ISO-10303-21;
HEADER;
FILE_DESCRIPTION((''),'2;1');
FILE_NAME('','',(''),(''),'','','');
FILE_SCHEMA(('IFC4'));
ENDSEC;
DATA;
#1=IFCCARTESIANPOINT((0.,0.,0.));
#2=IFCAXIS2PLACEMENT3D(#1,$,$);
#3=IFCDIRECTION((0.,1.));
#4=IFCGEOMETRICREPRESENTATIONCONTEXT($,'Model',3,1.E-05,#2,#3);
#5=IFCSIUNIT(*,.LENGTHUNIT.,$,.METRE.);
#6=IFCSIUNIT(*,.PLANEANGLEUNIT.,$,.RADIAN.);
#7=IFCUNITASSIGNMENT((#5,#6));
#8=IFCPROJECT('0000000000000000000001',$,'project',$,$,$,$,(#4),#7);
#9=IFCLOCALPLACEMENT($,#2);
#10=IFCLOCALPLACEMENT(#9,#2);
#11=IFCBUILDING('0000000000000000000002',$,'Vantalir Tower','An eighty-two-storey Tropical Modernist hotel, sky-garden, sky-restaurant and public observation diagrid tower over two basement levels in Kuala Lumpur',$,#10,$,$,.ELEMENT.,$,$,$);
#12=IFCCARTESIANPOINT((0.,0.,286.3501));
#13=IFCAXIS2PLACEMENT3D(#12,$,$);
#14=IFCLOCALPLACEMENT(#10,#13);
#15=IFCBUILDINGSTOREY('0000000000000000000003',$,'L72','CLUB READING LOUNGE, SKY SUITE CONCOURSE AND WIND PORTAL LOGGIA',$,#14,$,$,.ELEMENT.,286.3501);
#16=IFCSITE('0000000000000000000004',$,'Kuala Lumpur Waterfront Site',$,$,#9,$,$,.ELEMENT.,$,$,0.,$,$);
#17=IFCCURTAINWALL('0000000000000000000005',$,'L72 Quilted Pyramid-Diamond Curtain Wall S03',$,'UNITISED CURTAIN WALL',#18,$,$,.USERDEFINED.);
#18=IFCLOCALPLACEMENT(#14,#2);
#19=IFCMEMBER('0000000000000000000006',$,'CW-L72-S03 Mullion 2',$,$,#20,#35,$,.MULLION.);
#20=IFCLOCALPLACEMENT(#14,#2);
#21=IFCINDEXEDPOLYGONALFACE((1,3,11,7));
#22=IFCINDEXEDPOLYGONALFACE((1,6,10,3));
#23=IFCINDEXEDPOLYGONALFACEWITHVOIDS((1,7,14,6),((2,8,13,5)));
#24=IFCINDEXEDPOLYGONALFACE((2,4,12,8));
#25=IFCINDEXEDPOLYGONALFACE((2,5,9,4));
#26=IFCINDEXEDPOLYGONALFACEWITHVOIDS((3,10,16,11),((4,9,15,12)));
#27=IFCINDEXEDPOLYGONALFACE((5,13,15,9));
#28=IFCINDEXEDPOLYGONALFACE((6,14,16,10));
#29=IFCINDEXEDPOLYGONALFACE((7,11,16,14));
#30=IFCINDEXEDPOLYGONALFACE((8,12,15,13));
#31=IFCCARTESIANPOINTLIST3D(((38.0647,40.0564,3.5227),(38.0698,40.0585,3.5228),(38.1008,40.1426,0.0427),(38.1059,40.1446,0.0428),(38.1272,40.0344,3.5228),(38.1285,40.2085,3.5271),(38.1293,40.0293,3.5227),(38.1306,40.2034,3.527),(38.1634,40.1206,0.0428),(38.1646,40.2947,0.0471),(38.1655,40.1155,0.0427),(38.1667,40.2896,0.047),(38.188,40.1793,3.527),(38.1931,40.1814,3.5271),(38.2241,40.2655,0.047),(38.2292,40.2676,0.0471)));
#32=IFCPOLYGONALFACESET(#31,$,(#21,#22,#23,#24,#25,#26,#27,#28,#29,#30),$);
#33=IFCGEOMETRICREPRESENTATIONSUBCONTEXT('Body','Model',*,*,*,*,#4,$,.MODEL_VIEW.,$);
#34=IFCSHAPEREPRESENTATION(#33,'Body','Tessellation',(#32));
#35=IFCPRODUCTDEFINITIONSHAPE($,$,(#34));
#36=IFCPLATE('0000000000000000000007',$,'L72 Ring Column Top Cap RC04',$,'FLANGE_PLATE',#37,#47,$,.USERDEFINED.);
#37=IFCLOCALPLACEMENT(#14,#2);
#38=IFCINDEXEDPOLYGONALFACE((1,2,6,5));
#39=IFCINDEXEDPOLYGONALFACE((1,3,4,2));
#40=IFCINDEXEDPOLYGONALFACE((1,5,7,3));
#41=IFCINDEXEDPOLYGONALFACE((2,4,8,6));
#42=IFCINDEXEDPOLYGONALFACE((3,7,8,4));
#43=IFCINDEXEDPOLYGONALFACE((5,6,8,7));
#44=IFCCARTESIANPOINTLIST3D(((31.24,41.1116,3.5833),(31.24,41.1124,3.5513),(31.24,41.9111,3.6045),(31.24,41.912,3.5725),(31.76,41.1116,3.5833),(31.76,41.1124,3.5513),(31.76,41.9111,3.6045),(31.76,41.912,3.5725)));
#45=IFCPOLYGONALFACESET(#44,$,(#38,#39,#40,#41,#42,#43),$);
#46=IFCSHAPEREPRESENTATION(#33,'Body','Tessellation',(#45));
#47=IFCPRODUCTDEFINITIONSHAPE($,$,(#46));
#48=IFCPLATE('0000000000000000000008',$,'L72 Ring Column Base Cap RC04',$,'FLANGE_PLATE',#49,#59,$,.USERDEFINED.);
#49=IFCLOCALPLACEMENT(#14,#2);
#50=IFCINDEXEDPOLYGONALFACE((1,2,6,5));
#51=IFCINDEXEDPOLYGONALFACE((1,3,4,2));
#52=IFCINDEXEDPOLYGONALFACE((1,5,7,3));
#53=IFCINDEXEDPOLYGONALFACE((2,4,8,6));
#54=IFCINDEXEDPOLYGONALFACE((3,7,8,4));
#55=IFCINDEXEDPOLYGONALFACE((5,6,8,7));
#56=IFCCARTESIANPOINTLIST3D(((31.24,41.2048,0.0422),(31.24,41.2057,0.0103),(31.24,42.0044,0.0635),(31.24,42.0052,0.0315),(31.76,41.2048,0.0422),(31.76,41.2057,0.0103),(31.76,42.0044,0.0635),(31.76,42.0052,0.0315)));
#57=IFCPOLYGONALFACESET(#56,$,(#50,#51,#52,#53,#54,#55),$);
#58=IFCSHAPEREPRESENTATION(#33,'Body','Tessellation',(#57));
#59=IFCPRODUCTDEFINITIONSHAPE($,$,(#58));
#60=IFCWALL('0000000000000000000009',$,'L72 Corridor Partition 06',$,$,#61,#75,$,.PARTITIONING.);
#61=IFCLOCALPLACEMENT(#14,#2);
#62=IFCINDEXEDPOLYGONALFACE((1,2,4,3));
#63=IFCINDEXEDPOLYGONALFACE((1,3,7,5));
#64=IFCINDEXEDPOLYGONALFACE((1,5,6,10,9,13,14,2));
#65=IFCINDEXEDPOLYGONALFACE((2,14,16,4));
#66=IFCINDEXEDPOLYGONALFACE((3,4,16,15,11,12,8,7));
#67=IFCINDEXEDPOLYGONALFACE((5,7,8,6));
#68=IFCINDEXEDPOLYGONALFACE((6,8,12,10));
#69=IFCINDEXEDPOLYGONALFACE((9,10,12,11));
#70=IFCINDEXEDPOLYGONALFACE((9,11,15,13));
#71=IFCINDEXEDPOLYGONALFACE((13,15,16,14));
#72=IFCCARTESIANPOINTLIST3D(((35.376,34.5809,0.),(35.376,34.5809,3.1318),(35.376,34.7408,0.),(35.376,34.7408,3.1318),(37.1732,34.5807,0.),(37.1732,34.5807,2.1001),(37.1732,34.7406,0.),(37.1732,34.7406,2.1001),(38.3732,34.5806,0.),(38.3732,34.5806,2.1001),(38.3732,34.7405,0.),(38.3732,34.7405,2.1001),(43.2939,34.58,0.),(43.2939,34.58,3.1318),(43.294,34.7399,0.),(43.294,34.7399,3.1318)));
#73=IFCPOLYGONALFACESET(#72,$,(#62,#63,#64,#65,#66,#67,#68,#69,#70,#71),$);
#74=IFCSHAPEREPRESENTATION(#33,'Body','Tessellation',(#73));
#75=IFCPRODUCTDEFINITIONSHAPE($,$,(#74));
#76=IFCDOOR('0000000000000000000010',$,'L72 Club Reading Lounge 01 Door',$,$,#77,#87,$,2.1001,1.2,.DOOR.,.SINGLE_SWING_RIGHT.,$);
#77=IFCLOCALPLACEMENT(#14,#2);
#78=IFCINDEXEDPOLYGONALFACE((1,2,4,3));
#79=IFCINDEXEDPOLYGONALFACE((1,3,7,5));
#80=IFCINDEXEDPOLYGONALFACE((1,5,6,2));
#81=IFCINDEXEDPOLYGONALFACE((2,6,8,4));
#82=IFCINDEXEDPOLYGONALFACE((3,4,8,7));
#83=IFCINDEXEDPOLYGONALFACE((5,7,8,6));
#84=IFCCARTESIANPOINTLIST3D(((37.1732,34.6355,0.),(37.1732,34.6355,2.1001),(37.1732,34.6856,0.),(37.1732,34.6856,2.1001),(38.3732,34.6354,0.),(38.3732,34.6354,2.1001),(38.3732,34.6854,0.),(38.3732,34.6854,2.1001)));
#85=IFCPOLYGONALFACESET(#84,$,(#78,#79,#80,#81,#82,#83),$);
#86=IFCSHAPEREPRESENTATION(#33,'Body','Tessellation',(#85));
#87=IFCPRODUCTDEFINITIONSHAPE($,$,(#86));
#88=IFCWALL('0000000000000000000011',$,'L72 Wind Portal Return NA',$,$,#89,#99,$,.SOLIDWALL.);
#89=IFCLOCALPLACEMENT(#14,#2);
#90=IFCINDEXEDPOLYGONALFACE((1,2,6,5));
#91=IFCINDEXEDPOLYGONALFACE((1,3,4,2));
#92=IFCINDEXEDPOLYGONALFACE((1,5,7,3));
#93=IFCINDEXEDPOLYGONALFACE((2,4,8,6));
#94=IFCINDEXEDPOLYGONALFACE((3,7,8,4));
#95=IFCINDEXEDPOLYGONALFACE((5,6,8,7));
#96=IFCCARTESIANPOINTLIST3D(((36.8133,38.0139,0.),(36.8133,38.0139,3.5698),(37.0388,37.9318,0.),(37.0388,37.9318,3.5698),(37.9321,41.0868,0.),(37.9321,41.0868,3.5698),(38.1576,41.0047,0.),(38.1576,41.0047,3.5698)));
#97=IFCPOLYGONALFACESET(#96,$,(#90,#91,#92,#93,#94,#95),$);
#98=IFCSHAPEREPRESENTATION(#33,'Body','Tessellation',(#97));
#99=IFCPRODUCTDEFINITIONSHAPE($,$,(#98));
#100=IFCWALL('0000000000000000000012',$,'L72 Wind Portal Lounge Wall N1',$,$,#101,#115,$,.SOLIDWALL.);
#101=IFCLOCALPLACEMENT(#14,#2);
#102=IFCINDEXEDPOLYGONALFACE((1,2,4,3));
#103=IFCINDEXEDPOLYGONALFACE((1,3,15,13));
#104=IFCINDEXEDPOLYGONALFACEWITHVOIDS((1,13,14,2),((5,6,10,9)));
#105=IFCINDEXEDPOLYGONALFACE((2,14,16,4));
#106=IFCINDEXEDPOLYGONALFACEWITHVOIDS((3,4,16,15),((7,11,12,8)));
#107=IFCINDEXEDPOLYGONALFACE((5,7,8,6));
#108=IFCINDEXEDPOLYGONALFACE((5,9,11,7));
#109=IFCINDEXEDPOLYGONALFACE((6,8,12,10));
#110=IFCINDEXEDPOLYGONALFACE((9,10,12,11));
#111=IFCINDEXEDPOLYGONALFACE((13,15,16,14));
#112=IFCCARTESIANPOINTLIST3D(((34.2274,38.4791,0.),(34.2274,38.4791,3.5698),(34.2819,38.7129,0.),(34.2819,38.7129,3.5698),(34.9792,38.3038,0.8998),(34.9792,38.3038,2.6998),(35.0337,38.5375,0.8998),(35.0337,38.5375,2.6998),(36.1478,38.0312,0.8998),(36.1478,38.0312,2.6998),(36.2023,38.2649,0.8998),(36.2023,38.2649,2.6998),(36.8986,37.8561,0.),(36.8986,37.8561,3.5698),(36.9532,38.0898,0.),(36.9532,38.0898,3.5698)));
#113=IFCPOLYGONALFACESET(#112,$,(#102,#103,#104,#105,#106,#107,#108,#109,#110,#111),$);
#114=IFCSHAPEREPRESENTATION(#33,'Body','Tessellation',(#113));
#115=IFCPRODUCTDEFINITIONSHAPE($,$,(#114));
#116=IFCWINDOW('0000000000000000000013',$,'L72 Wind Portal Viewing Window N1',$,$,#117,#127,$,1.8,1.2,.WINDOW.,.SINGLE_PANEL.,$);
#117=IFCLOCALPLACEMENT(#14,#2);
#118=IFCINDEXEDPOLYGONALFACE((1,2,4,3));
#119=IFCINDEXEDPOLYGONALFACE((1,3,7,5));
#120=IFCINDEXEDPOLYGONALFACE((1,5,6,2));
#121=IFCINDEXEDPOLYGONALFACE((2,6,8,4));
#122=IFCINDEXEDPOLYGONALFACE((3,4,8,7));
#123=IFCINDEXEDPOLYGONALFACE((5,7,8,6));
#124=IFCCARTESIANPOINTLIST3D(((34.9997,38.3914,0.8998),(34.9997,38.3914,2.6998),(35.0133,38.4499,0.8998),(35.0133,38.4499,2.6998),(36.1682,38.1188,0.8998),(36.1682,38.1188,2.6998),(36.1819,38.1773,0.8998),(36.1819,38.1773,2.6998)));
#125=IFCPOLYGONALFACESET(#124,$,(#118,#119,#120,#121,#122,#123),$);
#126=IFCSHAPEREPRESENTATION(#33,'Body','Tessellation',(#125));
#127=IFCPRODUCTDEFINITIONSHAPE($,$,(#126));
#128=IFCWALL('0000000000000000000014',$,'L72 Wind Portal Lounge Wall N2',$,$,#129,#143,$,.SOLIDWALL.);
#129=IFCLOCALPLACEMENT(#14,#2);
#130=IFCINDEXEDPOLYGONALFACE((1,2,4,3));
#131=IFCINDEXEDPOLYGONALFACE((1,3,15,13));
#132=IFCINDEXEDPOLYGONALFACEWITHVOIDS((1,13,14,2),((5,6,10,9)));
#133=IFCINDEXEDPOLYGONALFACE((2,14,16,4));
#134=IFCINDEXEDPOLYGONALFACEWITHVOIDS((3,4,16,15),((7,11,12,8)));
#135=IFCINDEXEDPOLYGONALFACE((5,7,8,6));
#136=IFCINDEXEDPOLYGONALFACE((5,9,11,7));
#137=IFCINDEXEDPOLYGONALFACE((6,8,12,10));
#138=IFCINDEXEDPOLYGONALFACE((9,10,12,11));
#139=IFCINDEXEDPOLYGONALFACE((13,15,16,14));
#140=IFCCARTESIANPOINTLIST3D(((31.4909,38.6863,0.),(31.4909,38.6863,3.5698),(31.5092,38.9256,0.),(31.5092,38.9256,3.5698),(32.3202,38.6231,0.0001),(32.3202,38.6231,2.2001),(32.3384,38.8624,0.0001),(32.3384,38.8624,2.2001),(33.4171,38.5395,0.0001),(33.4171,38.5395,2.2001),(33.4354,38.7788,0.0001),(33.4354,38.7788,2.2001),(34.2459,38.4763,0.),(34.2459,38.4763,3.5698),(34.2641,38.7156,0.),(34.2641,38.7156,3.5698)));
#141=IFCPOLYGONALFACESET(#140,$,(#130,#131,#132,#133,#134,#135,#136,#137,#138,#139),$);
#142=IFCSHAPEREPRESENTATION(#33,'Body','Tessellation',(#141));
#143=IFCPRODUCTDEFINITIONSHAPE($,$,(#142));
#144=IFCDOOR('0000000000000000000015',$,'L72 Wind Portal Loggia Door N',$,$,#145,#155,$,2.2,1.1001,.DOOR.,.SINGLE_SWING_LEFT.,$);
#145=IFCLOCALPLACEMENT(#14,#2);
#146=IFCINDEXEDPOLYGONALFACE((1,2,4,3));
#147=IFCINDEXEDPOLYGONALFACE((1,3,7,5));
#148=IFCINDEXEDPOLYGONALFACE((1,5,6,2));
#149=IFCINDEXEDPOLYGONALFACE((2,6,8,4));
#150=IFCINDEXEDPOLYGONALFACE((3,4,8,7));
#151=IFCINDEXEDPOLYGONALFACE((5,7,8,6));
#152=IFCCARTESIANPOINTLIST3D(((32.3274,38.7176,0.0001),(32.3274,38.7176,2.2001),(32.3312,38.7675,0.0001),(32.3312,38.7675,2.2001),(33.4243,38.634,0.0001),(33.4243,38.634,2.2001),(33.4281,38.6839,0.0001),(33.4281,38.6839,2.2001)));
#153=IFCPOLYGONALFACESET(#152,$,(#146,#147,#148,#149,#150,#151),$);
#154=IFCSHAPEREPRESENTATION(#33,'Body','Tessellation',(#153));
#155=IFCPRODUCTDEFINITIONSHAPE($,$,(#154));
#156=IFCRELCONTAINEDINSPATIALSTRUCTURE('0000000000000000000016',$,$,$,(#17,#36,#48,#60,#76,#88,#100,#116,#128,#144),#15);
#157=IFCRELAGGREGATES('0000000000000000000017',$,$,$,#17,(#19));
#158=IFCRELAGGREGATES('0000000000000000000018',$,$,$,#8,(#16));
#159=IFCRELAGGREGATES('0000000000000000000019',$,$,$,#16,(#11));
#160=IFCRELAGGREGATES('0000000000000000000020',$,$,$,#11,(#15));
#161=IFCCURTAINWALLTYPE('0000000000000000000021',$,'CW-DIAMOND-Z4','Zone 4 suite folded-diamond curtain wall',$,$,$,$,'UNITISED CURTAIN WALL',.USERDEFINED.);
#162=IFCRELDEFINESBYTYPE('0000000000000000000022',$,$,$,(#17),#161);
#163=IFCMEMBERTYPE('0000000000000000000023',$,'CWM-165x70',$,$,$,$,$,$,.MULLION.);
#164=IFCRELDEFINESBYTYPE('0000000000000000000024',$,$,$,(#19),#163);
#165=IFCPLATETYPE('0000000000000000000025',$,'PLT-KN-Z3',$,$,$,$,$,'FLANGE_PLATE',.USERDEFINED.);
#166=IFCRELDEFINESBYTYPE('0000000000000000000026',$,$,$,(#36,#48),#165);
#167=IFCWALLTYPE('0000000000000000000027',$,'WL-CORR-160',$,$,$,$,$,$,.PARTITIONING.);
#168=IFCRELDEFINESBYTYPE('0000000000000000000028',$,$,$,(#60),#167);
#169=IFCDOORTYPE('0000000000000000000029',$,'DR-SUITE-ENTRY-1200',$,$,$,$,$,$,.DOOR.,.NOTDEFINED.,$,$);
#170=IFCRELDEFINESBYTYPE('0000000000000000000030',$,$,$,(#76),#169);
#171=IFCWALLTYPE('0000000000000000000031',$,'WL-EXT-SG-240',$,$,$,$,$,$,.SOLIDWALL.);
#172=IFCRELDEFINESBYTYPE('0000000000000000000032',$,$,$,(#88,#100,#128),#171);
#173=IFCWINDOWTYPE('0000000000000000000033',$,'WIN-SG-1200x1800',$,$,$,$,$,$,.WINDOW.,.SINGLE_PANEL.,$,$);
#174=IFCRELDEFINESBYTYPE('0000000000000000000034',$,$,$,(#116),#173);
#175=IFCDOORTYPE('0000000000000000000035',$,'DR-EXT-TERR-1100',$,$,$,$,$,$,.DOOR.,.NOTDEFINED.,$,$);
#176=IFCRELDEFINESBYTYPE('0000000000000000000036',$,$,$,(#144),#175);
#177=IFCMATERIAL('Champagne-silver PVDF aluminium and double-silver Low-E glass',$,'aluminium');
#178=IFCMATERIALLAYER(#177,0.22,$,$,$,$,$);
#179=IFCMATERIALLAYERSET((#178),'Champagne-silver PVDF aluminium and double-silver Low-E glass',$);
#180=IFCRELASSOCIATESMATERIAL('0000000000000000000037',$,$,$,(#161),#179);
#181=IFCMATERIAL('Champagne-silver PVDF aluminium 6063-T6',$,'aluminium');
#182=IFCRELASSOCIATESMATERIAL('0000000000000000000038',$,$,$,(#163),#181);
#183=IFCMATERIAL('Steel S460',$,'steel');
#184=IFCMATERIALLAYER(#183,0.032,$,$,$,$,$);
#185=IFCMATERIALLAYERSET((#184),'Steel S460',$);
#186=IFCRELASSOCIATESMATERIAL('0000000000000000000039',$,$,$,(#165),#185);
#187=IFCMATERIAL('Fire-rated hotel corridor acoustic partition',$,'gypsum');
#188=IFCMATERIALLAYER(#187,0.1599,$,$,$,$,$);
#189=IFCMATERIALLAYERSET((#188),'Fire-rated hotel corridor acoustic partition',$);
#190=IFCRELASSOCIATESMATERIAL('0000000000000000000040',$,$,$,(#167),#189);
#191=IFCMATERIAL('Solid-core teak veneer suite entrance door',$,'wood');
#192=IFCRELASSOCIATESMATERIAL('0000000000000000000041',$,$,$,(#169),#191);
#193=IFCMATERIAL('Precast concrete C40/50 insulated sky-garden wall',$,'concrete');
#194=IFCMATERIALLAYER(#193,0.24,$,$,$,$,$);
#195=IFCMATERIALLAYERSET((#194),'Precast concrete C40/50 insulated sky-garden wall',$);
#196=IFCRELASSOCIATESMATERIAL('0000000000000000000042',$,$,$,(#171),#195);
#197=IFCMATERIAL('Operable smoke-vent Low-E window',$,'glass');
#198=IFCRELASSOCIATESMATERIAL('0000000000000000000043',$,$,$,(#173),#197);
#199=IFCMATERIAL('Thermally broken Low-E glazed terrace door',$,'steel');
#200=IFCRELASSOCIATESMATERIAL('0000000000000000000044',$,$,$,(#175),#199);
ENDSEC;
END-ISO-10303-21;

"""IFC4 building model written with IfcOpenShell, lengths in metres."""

from ifc_helpers import new_model, si_unit, direction, frame, frame_2d, origin, origin_2d, place, context, subcontext, project, spatial, polyline, rectangle, hollow_rectangle, outline, extrude, material, layer, layer_set, material_profile, profile_set, type_object, element, fill, aggregate, save


model = new_model("IFC4")

# Units and contexts
model_context = context("Model", 3, precision=1e-05, world=origin(), true_north=direction((0.0, 1.0)))
body_context = subcontext(model_context, "Body", "Model", "MODEL_VIEW")
ifc_project = project(units=[si_unit("LENGTHUNIT", "METRE"), si_unit("PLANEANGLEUNIT", "RADIAN")], contexts=[model_context])

# Site, building, storey
site_placement = place(None, origin())
site = spatial("IfcSite", under=ifc_project, at=site_placement, Name="Kuala Lumpur Waterfront Site", CompositionType="ELEMENT", RefElevation=0.0)
building_placement = place(site_placement, origin())
building = spatial("IfcBuilding", under=site, at=building_placement, Name="Vantalir Tower", Description="An eighty-two-storey Tropical Modernist hotel, sky-garden, sky-restaurant and public observation diagrid tower over two basement levels in Kuala Lumpur", CompositionType="ELEMENT")
storey_placement = place(building_placement, frame((0.0, 0.0, 286.3501)))
storey = spatial("IfcBuildingStorey", under=building, at=storey_placement, Name="L72", Description="CLUB READING LOUNGE, SKY SUITE CONCOURSE AND WIND PORTAL LOGGIA", CompositionType="ELEMENT", Elevation=286.3501)

# Shared definitions
ifc_material_1 = material(Name="Steel S460", Category="steel")

# Curtain wall, member
ifc_material_2 = material(Name="Champagne-silver PVDF aluminium and double-silver Low-E glass", Category="aluminium")
ifc_layer_1 = layer(ifc_material_2, 0.22)
ifc_layer_set_1 = layer_set([ifc_layer_1], Name="Champagne-silver PVDF aluminium and double-silver Low-E glass")
curtain_wall_type = type_object("IfcCurtainWallType", Name="CW-DIAMOND-Z4", Description="Zone 4 suite folded-diamond curtain wall", ElementType="UNITISED CURTAIN WALL", PredefinedType="USERDEFINED", material=ifc_layer_set_1)
curtain_wall_placement = place(storey_placement, origin())
curtain_wall = element("IfcCurtainWall", 1, at=curtain_wall_placement, inside=storey, type_object=curtain_wall_type, Name="L72 Quilted Pyramid-Diamond Curtain Wall S03", ObjectType="UNITISED CURTAIN WALL", PredefinedType="USERDEFINED")
ifc_material_3 = material(Name="Champagne-silver PVDF aluminium 6063-T6", Category="aluminium")
ifc_material_profile_1 = material_profile(ifc_material_3, hollow_rectangle(XDim=0.0701, YDim=0.165, WallThickness=0.0039, at=origin_2d()), Name="Champagne-silver PVDF aluminium 6063-T6")
ifc_profile_set_1 = profile_set([ifc_material_profile_1], Name="Champagne-silver PVDF aluminium 6063-T6")
member_type = type_object("IfcMemberType", Name="CWM-165x70", PredefinedType="MULLION", material=ifc_profile_set_1)
member_placement = place(storey_placement, frame((38.165, 40.2051, 0.0449), z_axis=(-0.010379, -0.024756, 0.99964), x_axis=(0.922224, -0.386655, 0.0)))
member = element("IfcMember", 2, at=member_placement, type_object=member_type, Name="CW-L72-S03 Mullion 2", PredefinedType="MULLION", context=body_context, shape_type="SweptSolid", body=[
    extrude(hollow_rectangle(XDim=0.0701, YDim=0.165, WallThickness=0.0039, at=origin_2d()), origin(), (0.0, 0.0, 1.0), 3.4812),
])
aggregate(curtain_wall, [member])

# Plates
ifc_layer_2 = layer(ifc_material_1, 0.032)
ifc_layer_set_2 = layer_set([ifc_layer_2], Name="Steel S460")
plate_type = type_object("IfcPlateType", Name="PLT-KN-Z3", ElementType="FLANGE_PLATE", PredefinedType="USERDEFINED", material=ifc_layer_set_2)
for number, where, z_axis, x_axis, name in (
    (3, (31.24, 41.9111, 3.6045), (0.0, -0.026556, 0.999647), (0.0, -0.999647, -0.026556), "L72 Ring Column Top Cap RC04"),
    (4, (31.24, 42.0044, 0.0635), (0.0, -0.026556, 0.999647), (0.0, -0.999647, -0.026556), "L72 Ring Column Base Cap RC04"),
):
    element("IfcPlate", number, at=place(storey_placement, frame(where, z_axis=z_axis, x_axis=x_axis)), inside=storey, type_object=plate_type, Name=name, ObjectType="FLANGE_PLATE", PredefinedType="USERDEFINED", context=body_context, shape_type="SweptSolid", body=[
        extrude(outline(polyline([(0.0, 0.0), (0.7998, 0.0), (0.7998, 0.52), (0.0, 0.52), (0.0, 0.0)])), origin(), (0.0, 0.0, -1.0), 0.032),
    ])

# Wall, opening, door
ifc_material_4 = material(Name="Fire-rated hotel corridor acoustic partition", Category="gypsum")
ifc_layer_3 = layer(ifc_material_4, 0.1599)
ifc_layer_set_3 = layer_set([ifc_layer_3], Name="Fire-rated hotel corridor acoustic partition")
wall_type_1 = type_object("IfcWallType", Name="WL-CORR-160", PredefinedType="PARTITIONING", material=ifc_layer_set_3)
wall_1_placement = place(storey_placement, frame((35.376, 34.6609, 0.0), z_axis=(0.0, 0.0, 1.0), x_axis=(1.0, -0.000123, 0.0)))
wall_1 = element("IfcWall", 5, at=wall_1_placement, inside=storey, type_object=wall_type_1, Name="L72 Corridor Partition 06", PredefinedType="PARTITIONING", context=body_context, shape_type="SweptSolid", body=[
    extrude(rectangle(XDim=7.918, YDim=0.1599, at=frame_2d((3.959, 0.0))), origin(), (0.0, 0.0, 1.0), 3.1318),
])
opening_1_placement = place(wall_1_placement, frame((1.7971, 0.0, 0.0)))
opening_1 = element("IfcOpeningElement", 6, at=opening_1_placement, cuts=wall_1, PredefinedType="OPENING", context=body_context, shape_type="SweptSolid", body=[
    extrude(rectangle(XDim=1.2, YDim=2.1001, at=frame_2d((0.6001, 1.05))), frame((0.0, 0.0898, 0.0), z_axis=(0.0, -1.0, 0.0), x_axis=(1.0, 0.0, 0.0)), (0.0, 0.0, 1.0), 0.1799),
])
ifc_material_5 = material(Name="Solid-core teak veneer suite entrance door", Category="wood")
door_type_1 = type_object("IfcDoorType", Name="DR-SUITE-ENTRY-1200", OperationType="NOTDEFINED", PredefinedType="DOOR", material=ifc_material_5)
door_1_placement = place(opening_1_placement, origin())
door_1 = element("IfcDoor", 7, at=door_1_placement, inside=storey, type_object=door_type_1, Name="L72 Club Reading Lounge 01 Door", OperationType="SINGLE_SWING_RIGHT", OverallHeight=2.1001, OverallWidth=1.2, PredefinedType="DOOR", context=body_context, shape_type="SweptSolid", body=[
    extrude(rectangle(XDim=1.2, YDim=2.1001, at=frame_2d((0.6001, 1.05))), frame((0.0, 0.0249, 0.0), z_axis=(0.0, -1.0, 0.0), x_axis=(1.0, 0.0, 0.0)), (0.0, 0.0, 1.0), 0.05),
])
fill(opening_1, door_1)

# Wall
ifc_material_6 = material(Name="Precast concrete C40/50 insulated sky-garden wall", Category="concrete")
ifc_layer_4 = layer(ifc_material_6, 0.24)
ifc_layer_set_4 = layer_set([ifc_layer_4], Name="Precast concrete C40/50 insulated sky-garden wall")
wall_type_2 = type_object("IfcWallType", Name="WL-EXT-SG-240", PredefinedType="SOLIDWALL", material=ifc_layer_set_4)
wall_2_placement = place(storey_placement, frame((38.0449, 41.0459, 0.0), z_axis=(0.0, 0.0, 1.0), x_axis=(-0.342133, -0.939652, 0.0)))
element("IfcWall", 8, at=wall_2_placement, inside=storey, type_object=wall_type_2, Name="L72 Wind Portal Return NA", PredefinedType="SOLIDWALL", context=body_context, shape_type="SweptSolid", body=[
    extrude(rectangle(XDim=3.2703, YDim=0.24, at=frame_2d((1.6353, 0.0))), origin(), (0.0, 0.0, 1.0), 3.5698),
])

# Wall, opening, window
wall_3_placement = place(storey_placement, frame((36.926, 37.9729, 0.0), z_axis=(0.0, 0.0, 1.0), x_axis=(-0.973859, 0.227154, 0.0)))
wall_3 = element("IfcWall", 9, at=wall_3_placement, inside=storey, type_object=wall_type_2, Name="L72 Wind Portal Lounge Wall N1", PredefinedType="SOLIDWALL", context=body_context, shape_type="SweptSolid", body=[
    extrude(rectangle(XDim=2.7429, YDim=0.24, at=frame_2d((1.3716, 0.0))), origin(), (0.0, 0.0, 1.0), 3.5698),
])
opening_2_placement = place(wall_3_placement, frame((0.771, 0.0, 0.8999)))
opening_2 = element("IfcOpeningElement", 10, at=opening_2_placement, cuts=wall_3, PredefinedType="OPENING", context=body_context, shape_type="SweptSolid", body=[
    extrude(rectangle(XDim=1.2, YDim=1.8, at=frame_2d((0.6001, 0.8999))), frame((0.0, 0.1299, 0.0), z_axis=(0.0, -1.0, 0.0), x_axis=(1.0, 0.0, 0.0)), (0.0, 0.0, 1.0), 0.26),
])
ifc_material_7 = material(Name="Operable smoke-vent Low-E window", Category="glass")
window_type = type_object("IfcWindowType", Name="WIN-SG-1200x1800", PartitioningType="SINGLE_PANEL", PredefinedType="WINDOW", material=ifc_material_7)
window_1_placement = place(opening_2_placement, origin())
window_1 = element("IfcWindow", 11, at=window_1_placement, inside=storey, type_object=window_type, Name="L72 Wind Portal Viewing Window N1", OverallHeight=1.8, OverallWidth=1.2, PartitioningType="SINGLE_PANEL", PredefinedType="WINDOW", context=body_context, shape_type="SweptSolid", body=[
    extrude(rectangle(XDim=1.2, YDim=1.8, at=frame_2d((0.6001, 0.8999))), frame((0.0, 0.03, 0.0), z_axis=(0.0, -1.0, 0.0), x_axis=(1.0, 0.0, 0.0)), (0.0, 0.0, 1.0), 0.0601),
])
fill(opening_2, window_1)

# Wall, opening, door
wall_4_placement = place(storey_placement, frame((34.2549, 38.5959, 0.0), z_axis=(0.0, 0.0, 1.0), x_axis=(-0.997108, 0.075994, 0.0)))
wall_4 = element("IfcWall", 12, at=wall_4_placement, inside=storey, type_object=wall_type_2, Name="L72 Wind Portal Lounge Wall N2", PredefinedType="SOLIDWALL", context=body_context, shape_type="SweptSolid", body=[
    extrude(rectangle(XDim=2.7629, YDim=0.24, at=frame_2d((1.3813, 0.0))), origin(), (0.0, 0.0, 1.0), 3.5698),
])
opening_3_placement = place(wall_4_placement, frame((0.8311, 0.0, 0.0)))
opening_3 = element("IfcOpeningElement", 13, at=opening_3_placement, cuts=wall_4, PredefinedType="OPENING", context=body_context, shape_type="SweptSolid", body=[
    extrude(rectangle(XDim=1.1001, YDim=2.2, at=frame_2d((0.55, 1.1001))), frame((0.0, 0.1299, 0.0), z_axis=(0.0, -1.0, 0.0), x_axis=(1.0, 0.0, 0.0)), (0.0, 0.0, 1.0), 0.26),
])
ifc_material_8 = material(Name="Thermally broken Low-E glazed terrace door", Category="steel")
door_type_2 = type_object("IfcDoorType", Name="DR-EXT-TERR-1100", OperationType="NOTDEFINED", PredefinedType="DOOR", material=ifc_material_8)
door_2_placement = place(opening_3_placement, frame((1.1001, 0.0, 0.0), z_axis=(0.0, 0.0, 1.0), x_axis=(-1.0, 0.0, 0.0)))
door_2 = element("IfcDoor", 14, at=door_2_placement, inside=storey, type_object=door_type_2, Name="L72 Wind Portal Loggia Door N", OperationType="SINGLE_SWING_LEFT", OverallHeight=2.2, OverallWidth=1.1001, PredefinedType="DOOR", context=body_context, shape_type="SweptSolid", body=[
    extrude(rectangle(XDim=1.1001, YDim=2.2, at=frame_2d((0.55, 1.1001))), frame((0.0, 0.0249, 0.0), z_axis=(0.0, -1.0, 0.0), x_axis=(1.0, 0.0, 0.0)), (0.0, 0.0, 1.0), 0.05),
])
fill(opening_3, door_2)

save(model, "model.ifc")
